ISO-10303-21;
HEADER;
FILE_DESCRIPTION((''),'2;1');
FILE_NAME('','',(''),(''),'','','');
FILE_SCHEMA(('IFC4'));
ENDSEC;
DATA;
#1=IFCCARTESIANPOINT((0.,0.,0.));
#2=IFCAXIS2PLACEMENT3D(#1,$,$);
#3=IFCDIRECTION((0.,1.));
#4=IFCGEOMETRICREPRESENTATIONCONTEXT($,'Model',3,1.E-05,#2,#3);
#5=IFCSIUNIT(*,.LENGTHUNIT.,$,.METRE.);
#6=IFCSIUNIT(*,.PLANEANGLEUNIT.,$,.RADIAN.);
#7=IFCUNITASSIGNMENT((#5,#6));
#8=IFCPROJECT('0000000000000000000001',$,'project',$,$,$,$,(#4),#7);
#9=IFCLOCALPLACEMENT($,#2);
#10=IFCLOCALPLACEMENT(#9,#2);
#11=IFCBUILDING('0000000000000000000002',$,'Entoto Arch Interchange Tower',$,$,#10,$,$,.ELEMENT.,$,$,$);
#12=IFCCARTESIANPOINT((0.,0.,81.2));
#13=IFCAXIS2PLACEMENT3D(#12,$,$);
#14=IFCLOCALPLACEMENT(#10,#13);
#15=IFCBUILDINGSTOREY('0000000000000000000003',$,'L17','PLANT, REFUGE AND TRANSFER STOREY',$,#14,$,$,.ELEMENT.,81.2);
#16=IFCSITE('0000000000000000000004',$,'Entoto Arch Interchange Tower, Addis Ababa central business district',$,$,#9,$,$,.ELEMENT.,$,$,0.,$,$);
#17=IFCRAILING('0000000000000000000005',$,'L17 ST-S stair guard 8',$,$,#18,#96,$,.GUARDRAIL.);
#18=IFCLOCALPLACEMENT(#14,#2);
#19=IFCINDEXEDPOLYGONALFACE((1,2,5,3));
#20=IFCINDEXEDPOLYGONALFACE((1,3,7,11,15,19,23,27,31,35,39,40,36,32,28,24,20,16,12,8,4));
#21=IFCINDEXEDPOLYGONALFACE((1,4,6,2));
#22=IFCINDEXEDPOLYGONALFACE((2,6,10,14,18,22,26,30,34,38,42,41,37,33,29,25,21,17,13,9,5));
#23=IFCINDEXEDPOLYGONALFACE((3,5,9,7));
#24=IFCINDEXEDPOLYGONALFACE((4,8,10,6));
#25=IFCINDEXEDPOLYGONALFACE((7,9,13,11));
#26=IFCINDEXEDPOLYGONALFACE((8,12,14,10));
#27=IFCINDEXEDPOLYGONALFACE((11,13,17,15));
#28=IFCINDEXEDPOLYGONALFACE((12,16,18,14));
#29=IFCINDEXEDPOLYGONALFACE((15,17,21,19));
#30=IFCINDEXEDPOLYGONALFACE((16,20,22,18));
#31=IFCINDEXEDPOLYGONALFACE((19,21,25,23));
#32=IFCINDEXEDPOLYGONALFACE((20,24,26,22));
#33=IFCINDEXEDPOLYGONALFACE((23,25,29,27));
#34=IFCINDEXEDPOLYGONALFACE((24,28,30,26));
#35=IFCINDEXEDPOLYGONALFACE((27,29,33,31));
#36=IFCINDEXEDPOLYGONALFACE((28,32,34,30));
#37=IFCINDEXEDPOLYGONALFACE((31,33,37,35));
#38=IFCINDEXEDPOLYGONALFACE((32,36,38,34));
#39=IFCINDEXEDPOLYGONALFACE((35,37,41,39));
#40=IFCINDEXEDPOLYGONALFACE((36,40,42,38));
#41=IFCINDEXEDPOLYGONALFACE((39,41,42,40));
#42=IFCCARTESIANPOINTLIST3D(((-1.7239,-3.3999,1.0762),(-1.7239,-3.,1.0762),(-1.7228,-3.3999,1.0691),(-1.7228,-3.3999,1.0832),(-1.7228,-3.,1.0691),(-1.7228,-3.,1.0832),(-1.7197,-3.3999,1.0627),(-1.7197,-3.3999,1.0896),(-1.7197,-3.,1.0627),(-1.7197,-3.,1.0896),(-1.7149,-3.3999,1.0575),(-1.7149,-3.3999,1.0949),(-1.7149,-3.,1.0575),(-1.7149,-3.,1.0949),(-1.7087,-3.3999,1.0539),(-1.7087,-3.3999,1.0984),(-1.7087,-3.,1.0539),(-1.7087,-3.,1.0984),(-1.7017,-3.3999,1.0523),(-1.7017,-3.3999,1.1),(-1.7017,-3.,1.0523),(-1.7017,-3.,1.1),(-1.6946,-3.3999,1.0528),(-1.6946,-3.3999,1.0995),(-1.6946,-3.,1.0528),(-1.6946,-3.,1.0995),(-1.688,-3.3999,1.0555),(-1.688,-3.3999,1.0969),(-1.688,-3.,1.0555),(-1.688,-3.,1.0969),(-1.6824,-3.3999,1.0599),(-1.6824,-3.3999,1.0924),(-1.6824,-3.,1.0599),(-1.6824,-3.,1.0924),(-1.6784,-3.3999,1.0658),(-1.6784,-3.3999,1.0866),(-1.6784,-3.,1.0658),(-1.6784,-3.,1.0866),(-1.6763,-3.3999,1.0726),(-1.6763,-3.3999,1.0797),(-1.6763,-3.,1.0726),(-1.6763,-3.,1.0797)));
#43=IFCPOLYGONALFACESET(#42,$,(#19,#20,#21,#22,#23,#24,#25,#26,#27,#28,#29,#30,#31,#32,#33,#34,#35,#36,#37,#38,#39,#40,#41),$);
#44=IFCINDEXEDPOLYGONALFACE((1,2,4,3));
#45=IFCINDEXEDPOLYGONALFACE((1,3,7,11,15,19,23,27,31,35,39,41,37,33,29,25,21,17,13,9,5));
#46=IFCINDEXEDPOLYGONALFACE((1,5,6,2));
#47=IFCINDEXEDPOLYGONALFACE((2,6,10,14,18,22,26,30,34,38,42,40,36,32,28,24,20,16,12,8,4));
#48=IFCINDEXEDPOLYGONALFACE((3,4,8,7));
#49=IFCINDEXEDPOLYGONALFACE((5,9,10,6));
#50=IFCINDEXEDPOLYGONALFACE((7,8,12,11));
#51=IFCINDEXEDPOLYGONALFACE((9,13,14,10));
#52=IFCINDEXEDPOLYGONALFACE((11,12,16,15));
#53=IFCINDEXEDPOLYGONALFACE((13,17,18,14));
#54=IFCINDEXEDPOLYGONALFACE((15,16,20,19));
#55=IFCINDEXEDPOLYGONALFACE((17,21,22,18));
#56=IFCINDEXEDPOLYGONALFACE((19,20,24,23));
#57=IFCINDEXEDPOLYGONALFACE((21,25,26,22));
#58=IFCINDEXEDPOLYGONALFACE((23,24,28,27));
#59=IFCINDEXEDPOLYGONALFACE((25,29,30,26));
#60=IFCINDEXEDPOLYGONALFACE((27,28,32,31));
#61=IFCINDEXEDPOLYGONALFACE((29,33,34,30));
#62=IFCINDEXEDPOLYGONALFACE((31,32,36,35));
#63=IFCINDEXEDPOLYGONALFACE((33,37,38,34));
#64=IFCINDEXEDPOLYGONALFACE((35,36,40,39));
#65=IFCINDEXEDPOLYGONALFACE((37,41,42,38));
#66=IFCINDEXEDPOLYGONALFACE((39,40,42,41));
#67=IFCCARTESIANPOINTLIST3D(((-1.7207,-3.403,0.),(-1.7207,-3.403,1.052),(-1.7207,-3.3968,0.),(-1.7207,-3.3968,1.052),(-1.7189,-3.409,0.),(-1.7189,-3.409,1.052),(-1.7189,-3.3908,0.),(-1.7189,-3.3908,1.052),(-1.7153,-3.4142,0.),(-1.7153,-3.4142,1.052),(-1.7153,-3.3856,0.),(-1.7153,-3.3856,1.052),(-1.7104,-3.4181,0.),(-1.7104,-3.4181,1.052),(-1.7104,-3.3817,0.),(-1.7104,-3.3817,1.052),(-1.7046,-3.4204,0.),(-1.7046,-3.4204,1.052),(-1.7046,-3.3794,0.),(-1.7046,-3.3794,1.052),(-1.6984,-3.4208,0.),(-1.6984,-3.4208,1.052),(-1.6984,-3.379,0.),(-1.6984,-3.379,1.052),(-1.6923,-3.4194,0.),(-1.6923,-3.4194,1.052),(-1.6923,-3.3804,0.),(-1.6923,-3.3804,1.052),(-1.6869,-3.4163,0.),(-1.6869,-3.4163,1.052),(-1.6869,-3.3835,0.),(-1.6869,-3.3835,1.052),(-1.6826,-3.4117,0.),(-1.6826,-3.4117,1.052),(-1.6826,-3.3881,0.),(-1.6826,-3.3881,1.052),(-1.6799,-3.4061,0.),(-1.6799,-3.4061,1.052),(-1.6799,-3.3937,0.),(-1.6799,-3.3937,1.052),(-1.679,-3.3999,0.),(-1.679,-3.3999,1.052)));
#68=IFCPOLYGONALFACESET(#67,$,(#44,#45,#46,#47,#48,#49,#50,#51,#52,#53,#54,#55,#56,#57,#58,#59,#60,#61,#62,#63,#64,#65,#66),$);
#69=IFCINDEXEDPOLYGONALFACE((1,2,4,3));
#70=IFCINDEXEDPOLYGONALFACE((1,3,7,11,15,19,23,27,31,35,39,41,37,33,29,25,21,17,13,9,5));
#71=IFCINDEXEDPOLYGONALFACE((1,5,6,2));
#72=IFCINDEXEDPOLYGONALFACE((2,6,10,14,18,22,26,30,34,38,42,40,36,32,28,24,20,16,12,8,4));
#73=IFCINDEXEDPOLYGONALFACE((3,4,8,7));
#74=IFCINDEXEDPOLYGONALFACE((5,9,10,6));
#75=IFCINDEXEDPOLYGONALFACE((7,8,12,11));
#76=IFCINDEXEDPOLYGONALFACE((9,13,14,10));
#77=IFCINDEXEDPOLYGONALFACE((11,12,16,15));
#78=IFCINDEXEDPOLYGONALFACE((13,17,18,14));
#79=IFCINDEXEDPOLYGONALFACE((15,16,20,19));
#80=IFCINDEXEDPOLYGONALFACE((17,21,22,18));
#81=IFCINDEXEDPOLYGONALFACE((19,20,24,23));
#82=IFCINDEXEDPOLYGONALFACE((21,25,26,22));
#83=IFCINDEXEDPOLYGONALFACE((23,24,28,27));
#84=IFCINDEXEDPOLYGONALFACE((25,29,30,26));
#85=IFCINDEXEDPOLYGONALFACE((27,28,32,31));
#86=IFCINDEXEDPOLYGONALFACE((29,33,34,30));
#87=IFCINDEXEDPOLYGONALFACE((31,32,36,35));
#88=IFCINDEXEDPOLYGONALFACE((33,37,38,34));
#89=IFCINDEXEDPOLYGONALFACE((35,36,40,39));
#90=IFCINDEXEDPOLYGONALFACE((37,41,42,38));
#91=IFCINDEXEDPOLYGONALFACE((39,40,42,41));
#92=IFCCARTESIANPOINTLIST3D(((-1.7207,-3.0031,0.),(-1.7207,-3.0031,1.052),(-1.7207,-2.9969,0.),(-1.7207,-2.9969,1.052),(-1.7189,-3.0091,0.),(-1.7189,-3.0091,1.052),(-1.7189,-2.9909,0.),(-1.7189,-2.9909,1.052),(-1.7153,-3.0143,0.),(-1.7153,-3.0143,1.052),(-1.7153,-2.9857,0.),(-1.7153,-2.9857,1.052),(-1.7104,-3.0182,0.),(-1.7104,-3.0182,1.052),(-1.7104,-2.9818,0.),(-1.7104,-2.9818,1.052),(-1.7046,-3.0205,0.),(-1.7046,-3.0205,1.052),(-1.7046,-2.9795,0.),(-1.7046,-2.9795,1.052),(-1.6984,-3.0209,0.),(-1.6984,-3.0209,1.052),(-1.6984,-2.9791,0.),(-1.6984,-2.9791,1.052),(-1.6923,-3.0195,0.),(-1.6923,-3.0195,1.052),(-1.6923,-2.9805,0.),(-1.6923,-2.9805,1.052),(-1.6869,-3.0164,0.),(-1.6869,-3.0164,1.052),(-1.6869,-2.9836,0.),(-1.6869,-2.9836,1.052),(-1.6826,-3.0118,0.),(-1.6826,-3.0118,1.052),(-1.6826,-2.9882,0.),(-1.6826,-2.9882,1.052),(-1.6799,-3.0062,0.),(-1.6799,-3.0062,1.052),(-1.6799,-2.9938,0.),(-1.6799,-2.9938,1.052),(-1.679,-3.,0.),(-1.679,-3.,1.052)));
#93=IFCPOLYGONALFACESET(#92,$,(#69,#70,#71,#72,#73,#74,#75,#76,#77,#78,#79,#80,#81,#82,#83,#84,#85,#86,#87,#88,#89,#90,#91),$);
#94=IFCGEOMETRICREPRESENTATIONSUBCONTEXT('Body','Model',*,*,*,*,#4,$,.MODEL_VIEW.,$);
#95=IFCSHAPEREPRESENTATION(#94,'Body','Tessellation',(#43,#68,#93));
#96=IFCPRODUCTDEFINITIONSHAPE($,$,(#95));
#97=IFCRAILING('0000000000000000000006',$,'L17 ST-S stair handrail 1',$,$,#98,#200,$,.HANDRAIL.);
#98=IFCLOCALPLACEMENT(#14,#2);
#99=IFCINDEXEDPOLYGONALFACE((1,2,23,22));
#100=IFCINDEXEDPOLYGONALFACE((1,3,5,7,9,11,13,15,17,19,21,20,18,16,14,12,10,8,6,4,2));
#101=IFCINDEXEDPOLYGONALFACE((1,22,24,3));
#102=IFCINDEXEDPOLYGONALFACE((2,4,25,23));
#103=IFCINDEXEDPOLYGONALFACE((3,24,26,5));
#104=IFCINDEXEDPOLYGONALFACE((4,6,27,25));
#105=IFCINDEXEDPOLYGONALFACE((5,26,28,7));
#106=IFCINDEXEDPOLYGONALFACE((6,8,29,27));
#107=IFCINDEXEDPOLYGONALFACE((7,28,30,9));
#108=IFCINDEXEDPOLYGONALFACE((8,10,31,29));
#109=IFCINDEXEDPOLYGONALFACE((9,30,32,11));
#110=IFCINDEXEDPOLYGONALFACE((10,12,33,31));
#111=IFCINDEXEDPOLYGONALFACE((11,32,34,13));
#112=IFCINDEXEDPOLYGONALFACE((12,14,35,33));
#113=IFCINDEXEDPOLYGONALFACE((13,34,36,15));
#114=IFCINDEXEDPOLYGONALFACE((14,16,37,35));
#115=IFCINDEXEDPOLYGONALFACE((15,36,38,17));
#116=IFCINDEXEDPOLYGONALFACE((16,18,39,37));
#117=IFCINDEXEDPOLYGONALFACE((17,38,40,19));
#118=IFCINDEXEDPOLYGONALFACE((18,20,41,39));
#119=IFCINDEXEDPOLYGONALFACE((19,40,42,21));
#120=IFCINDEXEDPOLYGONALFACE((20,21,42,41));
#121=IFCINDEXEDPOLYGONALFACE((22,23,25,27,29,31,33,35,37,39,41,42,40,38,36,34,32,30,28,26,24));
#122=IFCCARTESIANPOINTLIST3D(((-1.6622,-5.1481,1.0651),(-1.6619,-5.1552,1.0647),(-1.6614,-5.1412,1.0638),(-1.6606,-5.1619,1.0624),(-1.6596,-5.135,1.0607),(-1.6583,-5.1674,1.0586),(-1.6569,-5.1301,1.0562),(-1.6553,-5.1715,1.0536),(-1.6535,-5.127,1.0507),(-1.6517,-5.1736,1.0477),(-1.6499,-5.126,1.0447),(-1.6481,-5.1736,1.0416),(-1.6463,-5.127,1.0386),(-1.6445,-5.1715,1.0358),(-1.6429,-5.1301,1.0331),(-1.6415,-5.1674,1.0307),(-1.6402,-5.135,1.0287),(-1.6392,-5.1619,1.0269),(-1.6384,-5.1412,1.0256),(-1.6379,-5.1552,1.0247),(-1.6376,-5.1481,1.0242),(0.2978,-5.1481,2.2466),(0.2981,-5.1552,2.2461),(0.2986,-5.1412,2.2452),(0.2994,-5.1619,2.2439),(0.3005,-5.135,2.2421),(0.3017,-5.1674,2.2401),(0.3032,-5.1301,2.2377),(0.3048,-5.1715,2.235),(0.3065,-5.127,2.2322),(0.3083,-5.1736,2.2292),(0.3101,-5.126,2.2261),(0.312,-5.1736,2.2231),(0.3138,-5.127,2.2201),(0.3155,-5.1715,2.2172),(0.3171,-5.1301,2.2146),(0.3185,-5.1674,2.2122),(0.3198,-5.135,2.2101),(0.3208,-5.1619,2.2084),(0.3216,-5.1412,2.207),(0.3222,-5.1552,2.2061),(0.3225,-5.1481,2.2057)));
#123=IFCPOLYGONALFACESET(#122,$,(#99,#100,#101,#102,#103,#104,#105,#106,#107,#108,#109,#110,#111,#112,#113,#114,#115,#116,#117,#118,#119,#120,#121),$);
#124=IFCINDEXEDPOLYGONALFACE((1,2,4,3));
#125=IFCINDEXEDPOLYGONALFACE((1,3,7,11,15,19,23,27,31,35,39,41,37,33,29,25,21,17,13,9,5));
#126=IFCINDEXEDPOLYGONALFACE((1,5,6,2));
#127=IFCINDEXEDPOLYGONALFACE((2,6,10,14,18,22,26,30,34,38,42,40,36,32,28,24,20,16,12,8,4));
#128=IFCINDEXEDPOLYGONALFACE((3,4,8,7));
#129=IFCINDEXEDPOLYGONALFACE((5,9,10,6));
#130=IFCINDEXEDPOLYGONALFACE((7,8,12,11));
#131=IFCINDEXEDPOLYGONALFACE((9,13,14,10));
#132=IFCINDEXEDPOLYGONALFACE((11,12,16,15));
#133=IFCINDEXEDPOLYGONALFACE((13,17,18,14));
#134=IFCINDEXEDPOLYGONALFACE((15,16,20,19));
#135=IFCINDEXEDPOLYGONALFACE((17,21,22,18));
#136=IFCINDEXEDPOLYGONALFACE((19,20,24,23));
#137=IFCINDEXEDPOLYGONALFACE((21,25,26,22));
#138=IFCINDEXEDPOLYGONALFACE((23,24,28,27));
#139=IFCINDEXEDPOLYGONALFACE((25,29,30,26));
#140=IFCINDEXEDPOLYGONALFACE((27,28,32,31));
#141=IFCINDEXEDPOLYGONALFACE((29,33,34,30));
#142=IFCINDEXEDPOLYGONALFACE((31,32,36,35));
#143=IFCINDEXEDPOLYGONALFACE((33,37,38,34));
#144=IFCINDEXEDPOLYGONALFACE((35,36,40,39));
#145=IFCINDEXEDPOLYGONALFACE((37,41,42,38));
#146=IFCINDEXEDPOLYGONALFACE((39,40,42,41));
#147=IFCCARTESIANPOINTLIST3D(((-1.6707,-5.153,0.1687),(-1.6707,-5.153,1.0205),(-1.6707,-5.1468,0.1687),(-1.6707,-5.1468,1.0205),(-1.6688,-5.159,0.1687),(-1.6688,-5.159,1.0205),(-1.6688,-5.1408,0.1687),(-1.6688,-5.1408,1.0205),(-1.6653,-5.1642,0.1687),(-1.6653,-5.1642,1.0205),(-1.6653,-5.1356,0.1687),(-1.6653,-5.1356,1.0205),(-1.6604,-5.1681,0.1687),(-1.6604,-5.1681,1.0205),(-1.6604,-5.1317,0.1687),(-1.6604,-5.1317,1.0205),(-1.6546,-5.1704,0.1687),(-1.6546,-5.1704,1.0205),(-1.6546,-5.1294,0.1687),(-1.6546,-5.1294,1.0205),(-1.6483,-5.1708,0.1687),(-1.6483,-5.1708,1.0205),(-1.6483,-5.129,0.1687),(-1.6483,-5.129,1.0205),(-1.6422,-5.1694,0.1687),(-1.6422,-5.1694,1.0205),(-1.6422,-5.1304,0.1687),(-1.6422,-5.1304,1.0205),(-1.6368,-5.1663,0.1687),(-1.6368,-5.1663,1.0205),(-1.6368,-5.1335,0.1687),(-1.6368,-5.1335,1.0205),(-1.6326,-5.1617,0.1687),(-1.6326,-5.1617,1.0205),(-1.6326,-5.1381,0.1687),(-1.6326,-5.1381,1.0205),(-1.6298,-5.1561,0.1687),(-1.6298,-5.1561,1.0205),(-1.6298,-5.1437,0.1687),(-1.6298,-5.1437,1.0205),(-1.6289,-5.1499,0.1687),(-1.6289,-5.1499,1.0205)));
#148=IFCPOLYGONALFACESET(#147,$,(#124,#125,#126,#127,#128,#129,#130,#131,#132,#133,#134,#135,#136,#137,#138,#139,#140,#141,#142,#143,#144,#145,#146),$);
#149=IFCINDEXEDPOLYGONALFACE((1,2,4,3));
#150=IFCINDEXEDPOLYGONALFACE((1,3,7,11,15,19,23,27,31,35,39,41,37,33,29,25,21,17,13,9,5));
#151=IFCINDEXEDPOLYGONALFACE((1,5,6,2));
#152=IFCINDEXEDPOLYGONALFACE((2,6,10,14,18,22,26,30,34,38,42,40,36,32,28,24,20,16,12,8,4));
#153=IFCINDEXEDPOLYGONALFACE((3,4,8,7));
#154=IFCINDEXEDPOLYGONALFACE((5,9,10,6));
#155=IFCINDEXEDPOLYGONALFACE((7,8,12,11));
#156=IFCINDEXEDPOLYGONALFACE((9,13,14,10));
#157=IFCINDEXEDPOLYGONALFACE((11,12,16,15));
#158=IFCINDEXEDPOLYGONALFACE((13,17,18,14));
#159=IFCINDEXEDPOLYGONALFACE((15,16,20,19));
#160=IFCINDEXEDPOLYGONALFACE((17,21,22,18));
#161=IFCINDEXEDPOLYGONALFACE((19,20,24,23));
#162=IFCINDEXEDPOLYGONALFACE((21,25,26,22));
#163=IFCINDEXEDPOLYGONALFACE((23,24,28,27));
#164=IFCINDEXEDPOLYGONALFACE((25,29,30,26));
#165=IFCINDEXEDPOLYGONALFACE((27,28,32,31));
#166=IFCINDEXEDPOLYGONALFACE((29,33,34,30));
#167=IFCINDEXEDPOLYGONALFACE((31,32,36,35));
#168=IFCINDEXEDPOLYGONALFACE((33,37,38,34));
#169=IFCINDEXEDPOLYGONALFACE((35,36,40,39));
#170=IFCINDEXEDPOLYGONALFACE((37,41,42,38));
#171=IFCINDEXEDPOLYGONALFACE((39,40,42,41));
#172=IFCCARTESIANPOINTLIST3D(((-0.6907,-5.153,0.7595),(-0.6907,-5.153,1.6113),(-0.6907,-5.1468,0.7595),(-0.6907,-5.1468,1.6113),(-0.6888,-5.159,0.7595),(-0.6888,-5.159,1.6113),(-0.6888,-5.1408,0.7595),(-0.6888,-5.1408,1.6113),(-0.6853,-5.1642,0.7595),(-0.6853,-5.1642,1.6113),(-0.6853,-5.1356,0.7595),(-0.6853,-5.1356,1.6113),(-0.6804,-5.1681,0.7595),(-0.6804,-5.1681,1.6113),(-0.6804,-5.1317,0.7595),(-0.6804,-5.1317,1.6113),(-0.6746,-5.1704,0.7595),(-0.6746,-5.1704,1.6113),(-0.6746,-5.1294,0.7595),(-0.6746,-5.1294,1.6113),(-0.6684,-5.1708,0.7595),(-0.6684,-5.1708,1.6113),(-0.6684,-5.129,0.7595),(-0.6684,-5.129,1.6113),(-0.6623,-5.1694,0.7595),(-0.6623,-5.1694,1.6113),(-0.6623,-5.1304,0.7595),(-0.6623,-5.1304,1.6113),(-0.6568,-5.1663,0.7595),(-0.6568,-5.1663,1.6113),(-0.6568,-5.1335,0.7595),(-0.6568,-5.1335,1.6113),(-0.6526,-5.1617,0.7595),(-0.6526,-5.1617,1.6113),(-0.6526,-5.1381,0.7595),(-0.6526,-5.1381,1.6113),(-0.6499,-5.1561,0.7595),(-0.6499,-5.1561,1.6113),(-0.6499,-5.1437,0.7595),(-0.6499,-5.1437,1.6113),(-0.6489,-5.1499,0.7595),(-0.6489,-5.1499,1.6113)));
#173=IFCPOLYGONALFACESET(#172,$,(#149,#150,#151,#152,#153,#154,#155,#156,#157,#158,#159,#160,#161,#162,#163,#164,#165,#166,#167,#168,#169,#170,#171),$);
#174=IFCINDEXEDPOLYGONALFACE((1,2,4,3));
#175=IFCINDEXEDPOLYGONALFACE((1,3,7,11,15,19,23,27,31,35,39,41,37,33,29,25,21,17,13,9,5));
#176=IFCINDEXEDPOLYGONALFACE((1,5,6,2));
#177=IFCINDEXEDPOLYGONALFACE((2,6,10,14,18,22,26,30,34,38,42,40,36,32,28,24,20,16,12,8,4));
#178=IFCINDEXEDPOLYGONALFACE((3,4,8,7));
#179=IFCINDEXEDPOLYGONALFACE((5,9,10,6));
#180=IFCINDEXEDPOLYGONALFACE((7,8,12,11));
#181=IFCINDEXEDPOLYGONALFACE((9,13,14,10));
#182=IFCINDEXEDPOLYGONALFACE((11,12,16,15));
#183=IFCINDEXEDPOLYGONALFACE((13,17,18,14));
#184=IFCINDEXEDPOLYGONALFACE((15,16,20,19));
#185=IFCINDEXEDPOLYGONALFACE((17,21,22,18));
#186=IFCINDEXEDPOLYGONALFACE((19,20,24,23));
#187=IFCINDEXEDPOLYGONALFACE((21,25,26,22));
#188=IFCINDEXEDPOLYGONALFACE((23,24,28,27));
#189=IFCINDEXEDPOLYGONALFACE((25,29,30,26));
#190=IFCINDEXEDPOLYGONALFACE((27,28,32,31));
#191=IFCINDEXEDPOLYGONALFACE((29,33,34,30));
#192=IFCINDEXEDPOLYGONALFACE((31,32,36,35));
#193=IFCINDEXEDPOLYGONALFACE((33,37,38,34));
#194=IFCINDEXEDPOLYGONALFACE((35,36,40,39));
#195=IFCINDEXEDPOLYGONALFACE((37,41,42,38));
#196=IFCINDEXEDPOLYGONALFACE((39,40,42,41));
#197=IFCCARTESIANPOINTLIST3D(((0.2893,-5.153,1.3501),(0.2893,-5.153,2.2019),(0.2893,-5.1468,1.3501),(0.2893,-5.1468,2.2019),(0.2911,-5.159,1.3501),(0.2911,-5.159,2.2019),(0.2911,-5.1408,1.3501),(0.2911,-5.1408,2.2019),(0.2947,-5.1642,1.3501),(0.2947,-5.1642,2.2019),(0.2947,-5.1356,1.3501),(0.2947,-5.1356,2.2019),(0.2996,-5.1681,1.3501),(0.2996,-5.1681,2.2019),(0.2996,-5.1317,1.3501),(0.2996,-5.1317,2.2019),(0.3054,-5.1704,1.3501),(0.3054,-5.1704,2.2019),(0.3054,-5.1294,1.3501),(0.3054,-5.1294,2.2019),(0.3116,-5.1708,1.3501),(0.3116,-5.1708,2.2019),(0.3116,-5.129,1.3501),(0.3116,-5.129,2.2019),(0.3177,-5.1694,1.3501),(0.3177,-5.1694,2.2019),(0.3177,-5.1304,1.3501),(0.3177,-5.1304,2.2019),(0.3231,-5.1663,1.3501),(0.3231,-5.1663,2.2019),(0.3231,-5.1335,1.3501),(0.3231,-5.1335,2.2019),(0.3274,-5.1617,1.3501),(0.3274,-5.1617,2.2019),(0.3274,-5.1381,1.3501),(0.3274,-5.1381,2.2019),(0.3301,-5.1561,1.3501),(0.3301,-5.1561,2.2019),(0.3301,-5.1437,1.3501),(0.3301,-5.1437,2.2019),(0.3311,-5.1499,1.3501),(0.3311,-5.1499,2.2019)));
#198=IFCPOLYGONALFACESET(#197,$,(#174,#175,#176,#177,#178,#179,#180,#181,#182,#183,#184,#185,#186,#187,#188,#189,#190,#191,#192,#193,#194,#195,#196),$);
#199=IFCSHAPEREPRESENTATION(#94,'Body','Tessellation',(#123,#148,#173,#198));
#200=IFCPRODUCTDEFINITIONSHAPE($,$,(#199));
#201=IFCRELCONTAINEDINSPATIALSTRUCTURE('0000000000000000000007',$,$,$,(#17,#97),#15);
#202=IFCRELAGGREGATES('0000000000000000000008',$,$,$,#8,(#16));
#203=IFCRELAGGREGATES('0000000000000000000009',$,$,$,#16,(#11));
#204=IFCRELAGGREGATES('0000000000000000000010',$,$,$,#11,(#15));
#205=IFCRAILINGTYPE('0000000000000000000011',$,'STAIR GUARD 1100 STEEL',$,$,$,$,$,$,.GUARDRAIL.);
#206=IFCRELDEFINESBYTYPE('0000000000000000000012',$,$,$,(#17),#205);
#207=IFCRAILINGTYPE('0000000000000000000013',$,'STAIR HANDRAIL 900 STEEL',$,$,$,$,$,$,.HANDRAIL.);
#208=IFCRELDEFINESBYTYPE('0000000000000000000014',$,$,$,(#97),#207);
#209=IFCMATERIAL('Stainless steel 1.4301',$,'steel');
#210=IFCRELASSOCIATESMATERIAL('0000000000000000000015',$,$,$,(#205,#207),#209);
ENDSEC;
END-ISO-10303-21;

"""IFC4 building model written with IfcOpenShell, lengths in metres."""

from ifc_helpers import new_model, si_unit, direction, frame, origin, origin_2d, place, context, subcontext, project, spatial, circle, extrude, material, type_object, element, save


model = new_model("IFC4")

# Units and contexts
model_context = context("Model", 3, precision=1e-05, world=origin(), true_north=direction((0.0, 1.0)))
body_context = subcontext(model_context, "Body", "Model", "MODEL_VIEW")
ifc_project = project(units=[si_unit("LENGTHUNIT", "METRE"), si_unit("PLANEANGLEUNIT", "RADIAN")], contexts=[model_context])

# Site, building, storey
site_placement = place(None, origin())
site = spatial("IfcSite", under=ifc_project, at=site_placement, Name="Entoto Arch Interchange Tower, Addis Ababa central business district", CompositionType="ELEMENT", RefElevation=0.0)
building_placement = place(site_placement, origin())
building = spatial("IfcBuilding", under=site, at=building_placement, Name="Entoto Arch Interchange Tower", CompositionType="ELEMENT")
storey_placement = place(building_placement, frame((0.0, 0.0, 81.2)))
storey = spatial("IfcBuildingStorey", under=building, at=storey_placement, Name="L17", Description="PLANT, REFUGE AND TRANSFER STOREY", CompositionType="ELEMENT", Elevation=81.2)

# Railings
ifc_material_1 = material(Name="Stainless steel 1.4301", Category="steel")
railing_type_1 = type_object("IfcRailingType", Name="STAIR GUARD 1100 STEEL", PredefinedType="GUARDRAIL", material=ifc_material_1)
railing_1_placement = place(storey_placement, frame((-1.7, -3.3999, 0.0)))
element("IfcRailing", 1, at=railing_1_placement, inside=storey, type_object=railing_type_1, Name="L17 ST-S stair guard 8", PredefinedType="GUARDRAIL", context=body_context, shape_type="SweptSolid", body=[
    extrude(circle(Radius=0.0239, at=origin_2d()), frame((0.0, 0.0, 1.0762), z_axis=(0.0, 1.0, 0.0), x_axis=(-1.0, 0.0, 0.0)), (0.0, 0.0, 1.0), 0.3999),
    extrude(circle(Radius=0.021, at=origin_2d()), origin(), (0.0, 0.0, 1.0), 1.052),
    extrude(circle(Radius=0.021, at=origin_2d()), frame((0.0, 0.3999, 0.0)), (0.0, 0.0, 1.0), 1.052),
])
railing_type_2 = type_object("IfcRailingType", Name="STAIR HANDRAIL 900 STEEL", PredefinedType="HANDRAIL", material=ifc_material_1)
railing_2_placement = place(storey_placement, frame((-1.6499, -5.1499, 0.1687)))
element("IfcRailing", 2, at=railing_2_placement, inside=storey, type_object=railing_type_2, Name="L17 ST-S stair handrail 1", PredefinedType="HANDRAIL", context=body_context, shape_type="SweptSolid", body=[
    extrude(circle(Radius=0.0239, at=origin_2d()), frame((0.0, 0.0, 0.876), z_axis=(0.856446, 0.0, 0.516236), x_axis=(0.0, 1.0, 0.0)), (0.0, 0.0, 1.0), 2.2886),
    extrude(circle(Radius=0.021, at=origin_2d()), origin(), (0.0, 0.0, 1.0), 0.8518),
    extrude(circle(Radius=0.021, at=origin_2d()), frame((0.98, 0.0, 0.5908)), (0.0, 0.0, 1.0), 0.8518),
    extrude(circle(Radius=0.021, at=origin_2d()), frame((1.96, 0.0, 1.1814)), (0.0, 0.0, 1.0), 0.8518),
])

save(model, "model.ifc")
